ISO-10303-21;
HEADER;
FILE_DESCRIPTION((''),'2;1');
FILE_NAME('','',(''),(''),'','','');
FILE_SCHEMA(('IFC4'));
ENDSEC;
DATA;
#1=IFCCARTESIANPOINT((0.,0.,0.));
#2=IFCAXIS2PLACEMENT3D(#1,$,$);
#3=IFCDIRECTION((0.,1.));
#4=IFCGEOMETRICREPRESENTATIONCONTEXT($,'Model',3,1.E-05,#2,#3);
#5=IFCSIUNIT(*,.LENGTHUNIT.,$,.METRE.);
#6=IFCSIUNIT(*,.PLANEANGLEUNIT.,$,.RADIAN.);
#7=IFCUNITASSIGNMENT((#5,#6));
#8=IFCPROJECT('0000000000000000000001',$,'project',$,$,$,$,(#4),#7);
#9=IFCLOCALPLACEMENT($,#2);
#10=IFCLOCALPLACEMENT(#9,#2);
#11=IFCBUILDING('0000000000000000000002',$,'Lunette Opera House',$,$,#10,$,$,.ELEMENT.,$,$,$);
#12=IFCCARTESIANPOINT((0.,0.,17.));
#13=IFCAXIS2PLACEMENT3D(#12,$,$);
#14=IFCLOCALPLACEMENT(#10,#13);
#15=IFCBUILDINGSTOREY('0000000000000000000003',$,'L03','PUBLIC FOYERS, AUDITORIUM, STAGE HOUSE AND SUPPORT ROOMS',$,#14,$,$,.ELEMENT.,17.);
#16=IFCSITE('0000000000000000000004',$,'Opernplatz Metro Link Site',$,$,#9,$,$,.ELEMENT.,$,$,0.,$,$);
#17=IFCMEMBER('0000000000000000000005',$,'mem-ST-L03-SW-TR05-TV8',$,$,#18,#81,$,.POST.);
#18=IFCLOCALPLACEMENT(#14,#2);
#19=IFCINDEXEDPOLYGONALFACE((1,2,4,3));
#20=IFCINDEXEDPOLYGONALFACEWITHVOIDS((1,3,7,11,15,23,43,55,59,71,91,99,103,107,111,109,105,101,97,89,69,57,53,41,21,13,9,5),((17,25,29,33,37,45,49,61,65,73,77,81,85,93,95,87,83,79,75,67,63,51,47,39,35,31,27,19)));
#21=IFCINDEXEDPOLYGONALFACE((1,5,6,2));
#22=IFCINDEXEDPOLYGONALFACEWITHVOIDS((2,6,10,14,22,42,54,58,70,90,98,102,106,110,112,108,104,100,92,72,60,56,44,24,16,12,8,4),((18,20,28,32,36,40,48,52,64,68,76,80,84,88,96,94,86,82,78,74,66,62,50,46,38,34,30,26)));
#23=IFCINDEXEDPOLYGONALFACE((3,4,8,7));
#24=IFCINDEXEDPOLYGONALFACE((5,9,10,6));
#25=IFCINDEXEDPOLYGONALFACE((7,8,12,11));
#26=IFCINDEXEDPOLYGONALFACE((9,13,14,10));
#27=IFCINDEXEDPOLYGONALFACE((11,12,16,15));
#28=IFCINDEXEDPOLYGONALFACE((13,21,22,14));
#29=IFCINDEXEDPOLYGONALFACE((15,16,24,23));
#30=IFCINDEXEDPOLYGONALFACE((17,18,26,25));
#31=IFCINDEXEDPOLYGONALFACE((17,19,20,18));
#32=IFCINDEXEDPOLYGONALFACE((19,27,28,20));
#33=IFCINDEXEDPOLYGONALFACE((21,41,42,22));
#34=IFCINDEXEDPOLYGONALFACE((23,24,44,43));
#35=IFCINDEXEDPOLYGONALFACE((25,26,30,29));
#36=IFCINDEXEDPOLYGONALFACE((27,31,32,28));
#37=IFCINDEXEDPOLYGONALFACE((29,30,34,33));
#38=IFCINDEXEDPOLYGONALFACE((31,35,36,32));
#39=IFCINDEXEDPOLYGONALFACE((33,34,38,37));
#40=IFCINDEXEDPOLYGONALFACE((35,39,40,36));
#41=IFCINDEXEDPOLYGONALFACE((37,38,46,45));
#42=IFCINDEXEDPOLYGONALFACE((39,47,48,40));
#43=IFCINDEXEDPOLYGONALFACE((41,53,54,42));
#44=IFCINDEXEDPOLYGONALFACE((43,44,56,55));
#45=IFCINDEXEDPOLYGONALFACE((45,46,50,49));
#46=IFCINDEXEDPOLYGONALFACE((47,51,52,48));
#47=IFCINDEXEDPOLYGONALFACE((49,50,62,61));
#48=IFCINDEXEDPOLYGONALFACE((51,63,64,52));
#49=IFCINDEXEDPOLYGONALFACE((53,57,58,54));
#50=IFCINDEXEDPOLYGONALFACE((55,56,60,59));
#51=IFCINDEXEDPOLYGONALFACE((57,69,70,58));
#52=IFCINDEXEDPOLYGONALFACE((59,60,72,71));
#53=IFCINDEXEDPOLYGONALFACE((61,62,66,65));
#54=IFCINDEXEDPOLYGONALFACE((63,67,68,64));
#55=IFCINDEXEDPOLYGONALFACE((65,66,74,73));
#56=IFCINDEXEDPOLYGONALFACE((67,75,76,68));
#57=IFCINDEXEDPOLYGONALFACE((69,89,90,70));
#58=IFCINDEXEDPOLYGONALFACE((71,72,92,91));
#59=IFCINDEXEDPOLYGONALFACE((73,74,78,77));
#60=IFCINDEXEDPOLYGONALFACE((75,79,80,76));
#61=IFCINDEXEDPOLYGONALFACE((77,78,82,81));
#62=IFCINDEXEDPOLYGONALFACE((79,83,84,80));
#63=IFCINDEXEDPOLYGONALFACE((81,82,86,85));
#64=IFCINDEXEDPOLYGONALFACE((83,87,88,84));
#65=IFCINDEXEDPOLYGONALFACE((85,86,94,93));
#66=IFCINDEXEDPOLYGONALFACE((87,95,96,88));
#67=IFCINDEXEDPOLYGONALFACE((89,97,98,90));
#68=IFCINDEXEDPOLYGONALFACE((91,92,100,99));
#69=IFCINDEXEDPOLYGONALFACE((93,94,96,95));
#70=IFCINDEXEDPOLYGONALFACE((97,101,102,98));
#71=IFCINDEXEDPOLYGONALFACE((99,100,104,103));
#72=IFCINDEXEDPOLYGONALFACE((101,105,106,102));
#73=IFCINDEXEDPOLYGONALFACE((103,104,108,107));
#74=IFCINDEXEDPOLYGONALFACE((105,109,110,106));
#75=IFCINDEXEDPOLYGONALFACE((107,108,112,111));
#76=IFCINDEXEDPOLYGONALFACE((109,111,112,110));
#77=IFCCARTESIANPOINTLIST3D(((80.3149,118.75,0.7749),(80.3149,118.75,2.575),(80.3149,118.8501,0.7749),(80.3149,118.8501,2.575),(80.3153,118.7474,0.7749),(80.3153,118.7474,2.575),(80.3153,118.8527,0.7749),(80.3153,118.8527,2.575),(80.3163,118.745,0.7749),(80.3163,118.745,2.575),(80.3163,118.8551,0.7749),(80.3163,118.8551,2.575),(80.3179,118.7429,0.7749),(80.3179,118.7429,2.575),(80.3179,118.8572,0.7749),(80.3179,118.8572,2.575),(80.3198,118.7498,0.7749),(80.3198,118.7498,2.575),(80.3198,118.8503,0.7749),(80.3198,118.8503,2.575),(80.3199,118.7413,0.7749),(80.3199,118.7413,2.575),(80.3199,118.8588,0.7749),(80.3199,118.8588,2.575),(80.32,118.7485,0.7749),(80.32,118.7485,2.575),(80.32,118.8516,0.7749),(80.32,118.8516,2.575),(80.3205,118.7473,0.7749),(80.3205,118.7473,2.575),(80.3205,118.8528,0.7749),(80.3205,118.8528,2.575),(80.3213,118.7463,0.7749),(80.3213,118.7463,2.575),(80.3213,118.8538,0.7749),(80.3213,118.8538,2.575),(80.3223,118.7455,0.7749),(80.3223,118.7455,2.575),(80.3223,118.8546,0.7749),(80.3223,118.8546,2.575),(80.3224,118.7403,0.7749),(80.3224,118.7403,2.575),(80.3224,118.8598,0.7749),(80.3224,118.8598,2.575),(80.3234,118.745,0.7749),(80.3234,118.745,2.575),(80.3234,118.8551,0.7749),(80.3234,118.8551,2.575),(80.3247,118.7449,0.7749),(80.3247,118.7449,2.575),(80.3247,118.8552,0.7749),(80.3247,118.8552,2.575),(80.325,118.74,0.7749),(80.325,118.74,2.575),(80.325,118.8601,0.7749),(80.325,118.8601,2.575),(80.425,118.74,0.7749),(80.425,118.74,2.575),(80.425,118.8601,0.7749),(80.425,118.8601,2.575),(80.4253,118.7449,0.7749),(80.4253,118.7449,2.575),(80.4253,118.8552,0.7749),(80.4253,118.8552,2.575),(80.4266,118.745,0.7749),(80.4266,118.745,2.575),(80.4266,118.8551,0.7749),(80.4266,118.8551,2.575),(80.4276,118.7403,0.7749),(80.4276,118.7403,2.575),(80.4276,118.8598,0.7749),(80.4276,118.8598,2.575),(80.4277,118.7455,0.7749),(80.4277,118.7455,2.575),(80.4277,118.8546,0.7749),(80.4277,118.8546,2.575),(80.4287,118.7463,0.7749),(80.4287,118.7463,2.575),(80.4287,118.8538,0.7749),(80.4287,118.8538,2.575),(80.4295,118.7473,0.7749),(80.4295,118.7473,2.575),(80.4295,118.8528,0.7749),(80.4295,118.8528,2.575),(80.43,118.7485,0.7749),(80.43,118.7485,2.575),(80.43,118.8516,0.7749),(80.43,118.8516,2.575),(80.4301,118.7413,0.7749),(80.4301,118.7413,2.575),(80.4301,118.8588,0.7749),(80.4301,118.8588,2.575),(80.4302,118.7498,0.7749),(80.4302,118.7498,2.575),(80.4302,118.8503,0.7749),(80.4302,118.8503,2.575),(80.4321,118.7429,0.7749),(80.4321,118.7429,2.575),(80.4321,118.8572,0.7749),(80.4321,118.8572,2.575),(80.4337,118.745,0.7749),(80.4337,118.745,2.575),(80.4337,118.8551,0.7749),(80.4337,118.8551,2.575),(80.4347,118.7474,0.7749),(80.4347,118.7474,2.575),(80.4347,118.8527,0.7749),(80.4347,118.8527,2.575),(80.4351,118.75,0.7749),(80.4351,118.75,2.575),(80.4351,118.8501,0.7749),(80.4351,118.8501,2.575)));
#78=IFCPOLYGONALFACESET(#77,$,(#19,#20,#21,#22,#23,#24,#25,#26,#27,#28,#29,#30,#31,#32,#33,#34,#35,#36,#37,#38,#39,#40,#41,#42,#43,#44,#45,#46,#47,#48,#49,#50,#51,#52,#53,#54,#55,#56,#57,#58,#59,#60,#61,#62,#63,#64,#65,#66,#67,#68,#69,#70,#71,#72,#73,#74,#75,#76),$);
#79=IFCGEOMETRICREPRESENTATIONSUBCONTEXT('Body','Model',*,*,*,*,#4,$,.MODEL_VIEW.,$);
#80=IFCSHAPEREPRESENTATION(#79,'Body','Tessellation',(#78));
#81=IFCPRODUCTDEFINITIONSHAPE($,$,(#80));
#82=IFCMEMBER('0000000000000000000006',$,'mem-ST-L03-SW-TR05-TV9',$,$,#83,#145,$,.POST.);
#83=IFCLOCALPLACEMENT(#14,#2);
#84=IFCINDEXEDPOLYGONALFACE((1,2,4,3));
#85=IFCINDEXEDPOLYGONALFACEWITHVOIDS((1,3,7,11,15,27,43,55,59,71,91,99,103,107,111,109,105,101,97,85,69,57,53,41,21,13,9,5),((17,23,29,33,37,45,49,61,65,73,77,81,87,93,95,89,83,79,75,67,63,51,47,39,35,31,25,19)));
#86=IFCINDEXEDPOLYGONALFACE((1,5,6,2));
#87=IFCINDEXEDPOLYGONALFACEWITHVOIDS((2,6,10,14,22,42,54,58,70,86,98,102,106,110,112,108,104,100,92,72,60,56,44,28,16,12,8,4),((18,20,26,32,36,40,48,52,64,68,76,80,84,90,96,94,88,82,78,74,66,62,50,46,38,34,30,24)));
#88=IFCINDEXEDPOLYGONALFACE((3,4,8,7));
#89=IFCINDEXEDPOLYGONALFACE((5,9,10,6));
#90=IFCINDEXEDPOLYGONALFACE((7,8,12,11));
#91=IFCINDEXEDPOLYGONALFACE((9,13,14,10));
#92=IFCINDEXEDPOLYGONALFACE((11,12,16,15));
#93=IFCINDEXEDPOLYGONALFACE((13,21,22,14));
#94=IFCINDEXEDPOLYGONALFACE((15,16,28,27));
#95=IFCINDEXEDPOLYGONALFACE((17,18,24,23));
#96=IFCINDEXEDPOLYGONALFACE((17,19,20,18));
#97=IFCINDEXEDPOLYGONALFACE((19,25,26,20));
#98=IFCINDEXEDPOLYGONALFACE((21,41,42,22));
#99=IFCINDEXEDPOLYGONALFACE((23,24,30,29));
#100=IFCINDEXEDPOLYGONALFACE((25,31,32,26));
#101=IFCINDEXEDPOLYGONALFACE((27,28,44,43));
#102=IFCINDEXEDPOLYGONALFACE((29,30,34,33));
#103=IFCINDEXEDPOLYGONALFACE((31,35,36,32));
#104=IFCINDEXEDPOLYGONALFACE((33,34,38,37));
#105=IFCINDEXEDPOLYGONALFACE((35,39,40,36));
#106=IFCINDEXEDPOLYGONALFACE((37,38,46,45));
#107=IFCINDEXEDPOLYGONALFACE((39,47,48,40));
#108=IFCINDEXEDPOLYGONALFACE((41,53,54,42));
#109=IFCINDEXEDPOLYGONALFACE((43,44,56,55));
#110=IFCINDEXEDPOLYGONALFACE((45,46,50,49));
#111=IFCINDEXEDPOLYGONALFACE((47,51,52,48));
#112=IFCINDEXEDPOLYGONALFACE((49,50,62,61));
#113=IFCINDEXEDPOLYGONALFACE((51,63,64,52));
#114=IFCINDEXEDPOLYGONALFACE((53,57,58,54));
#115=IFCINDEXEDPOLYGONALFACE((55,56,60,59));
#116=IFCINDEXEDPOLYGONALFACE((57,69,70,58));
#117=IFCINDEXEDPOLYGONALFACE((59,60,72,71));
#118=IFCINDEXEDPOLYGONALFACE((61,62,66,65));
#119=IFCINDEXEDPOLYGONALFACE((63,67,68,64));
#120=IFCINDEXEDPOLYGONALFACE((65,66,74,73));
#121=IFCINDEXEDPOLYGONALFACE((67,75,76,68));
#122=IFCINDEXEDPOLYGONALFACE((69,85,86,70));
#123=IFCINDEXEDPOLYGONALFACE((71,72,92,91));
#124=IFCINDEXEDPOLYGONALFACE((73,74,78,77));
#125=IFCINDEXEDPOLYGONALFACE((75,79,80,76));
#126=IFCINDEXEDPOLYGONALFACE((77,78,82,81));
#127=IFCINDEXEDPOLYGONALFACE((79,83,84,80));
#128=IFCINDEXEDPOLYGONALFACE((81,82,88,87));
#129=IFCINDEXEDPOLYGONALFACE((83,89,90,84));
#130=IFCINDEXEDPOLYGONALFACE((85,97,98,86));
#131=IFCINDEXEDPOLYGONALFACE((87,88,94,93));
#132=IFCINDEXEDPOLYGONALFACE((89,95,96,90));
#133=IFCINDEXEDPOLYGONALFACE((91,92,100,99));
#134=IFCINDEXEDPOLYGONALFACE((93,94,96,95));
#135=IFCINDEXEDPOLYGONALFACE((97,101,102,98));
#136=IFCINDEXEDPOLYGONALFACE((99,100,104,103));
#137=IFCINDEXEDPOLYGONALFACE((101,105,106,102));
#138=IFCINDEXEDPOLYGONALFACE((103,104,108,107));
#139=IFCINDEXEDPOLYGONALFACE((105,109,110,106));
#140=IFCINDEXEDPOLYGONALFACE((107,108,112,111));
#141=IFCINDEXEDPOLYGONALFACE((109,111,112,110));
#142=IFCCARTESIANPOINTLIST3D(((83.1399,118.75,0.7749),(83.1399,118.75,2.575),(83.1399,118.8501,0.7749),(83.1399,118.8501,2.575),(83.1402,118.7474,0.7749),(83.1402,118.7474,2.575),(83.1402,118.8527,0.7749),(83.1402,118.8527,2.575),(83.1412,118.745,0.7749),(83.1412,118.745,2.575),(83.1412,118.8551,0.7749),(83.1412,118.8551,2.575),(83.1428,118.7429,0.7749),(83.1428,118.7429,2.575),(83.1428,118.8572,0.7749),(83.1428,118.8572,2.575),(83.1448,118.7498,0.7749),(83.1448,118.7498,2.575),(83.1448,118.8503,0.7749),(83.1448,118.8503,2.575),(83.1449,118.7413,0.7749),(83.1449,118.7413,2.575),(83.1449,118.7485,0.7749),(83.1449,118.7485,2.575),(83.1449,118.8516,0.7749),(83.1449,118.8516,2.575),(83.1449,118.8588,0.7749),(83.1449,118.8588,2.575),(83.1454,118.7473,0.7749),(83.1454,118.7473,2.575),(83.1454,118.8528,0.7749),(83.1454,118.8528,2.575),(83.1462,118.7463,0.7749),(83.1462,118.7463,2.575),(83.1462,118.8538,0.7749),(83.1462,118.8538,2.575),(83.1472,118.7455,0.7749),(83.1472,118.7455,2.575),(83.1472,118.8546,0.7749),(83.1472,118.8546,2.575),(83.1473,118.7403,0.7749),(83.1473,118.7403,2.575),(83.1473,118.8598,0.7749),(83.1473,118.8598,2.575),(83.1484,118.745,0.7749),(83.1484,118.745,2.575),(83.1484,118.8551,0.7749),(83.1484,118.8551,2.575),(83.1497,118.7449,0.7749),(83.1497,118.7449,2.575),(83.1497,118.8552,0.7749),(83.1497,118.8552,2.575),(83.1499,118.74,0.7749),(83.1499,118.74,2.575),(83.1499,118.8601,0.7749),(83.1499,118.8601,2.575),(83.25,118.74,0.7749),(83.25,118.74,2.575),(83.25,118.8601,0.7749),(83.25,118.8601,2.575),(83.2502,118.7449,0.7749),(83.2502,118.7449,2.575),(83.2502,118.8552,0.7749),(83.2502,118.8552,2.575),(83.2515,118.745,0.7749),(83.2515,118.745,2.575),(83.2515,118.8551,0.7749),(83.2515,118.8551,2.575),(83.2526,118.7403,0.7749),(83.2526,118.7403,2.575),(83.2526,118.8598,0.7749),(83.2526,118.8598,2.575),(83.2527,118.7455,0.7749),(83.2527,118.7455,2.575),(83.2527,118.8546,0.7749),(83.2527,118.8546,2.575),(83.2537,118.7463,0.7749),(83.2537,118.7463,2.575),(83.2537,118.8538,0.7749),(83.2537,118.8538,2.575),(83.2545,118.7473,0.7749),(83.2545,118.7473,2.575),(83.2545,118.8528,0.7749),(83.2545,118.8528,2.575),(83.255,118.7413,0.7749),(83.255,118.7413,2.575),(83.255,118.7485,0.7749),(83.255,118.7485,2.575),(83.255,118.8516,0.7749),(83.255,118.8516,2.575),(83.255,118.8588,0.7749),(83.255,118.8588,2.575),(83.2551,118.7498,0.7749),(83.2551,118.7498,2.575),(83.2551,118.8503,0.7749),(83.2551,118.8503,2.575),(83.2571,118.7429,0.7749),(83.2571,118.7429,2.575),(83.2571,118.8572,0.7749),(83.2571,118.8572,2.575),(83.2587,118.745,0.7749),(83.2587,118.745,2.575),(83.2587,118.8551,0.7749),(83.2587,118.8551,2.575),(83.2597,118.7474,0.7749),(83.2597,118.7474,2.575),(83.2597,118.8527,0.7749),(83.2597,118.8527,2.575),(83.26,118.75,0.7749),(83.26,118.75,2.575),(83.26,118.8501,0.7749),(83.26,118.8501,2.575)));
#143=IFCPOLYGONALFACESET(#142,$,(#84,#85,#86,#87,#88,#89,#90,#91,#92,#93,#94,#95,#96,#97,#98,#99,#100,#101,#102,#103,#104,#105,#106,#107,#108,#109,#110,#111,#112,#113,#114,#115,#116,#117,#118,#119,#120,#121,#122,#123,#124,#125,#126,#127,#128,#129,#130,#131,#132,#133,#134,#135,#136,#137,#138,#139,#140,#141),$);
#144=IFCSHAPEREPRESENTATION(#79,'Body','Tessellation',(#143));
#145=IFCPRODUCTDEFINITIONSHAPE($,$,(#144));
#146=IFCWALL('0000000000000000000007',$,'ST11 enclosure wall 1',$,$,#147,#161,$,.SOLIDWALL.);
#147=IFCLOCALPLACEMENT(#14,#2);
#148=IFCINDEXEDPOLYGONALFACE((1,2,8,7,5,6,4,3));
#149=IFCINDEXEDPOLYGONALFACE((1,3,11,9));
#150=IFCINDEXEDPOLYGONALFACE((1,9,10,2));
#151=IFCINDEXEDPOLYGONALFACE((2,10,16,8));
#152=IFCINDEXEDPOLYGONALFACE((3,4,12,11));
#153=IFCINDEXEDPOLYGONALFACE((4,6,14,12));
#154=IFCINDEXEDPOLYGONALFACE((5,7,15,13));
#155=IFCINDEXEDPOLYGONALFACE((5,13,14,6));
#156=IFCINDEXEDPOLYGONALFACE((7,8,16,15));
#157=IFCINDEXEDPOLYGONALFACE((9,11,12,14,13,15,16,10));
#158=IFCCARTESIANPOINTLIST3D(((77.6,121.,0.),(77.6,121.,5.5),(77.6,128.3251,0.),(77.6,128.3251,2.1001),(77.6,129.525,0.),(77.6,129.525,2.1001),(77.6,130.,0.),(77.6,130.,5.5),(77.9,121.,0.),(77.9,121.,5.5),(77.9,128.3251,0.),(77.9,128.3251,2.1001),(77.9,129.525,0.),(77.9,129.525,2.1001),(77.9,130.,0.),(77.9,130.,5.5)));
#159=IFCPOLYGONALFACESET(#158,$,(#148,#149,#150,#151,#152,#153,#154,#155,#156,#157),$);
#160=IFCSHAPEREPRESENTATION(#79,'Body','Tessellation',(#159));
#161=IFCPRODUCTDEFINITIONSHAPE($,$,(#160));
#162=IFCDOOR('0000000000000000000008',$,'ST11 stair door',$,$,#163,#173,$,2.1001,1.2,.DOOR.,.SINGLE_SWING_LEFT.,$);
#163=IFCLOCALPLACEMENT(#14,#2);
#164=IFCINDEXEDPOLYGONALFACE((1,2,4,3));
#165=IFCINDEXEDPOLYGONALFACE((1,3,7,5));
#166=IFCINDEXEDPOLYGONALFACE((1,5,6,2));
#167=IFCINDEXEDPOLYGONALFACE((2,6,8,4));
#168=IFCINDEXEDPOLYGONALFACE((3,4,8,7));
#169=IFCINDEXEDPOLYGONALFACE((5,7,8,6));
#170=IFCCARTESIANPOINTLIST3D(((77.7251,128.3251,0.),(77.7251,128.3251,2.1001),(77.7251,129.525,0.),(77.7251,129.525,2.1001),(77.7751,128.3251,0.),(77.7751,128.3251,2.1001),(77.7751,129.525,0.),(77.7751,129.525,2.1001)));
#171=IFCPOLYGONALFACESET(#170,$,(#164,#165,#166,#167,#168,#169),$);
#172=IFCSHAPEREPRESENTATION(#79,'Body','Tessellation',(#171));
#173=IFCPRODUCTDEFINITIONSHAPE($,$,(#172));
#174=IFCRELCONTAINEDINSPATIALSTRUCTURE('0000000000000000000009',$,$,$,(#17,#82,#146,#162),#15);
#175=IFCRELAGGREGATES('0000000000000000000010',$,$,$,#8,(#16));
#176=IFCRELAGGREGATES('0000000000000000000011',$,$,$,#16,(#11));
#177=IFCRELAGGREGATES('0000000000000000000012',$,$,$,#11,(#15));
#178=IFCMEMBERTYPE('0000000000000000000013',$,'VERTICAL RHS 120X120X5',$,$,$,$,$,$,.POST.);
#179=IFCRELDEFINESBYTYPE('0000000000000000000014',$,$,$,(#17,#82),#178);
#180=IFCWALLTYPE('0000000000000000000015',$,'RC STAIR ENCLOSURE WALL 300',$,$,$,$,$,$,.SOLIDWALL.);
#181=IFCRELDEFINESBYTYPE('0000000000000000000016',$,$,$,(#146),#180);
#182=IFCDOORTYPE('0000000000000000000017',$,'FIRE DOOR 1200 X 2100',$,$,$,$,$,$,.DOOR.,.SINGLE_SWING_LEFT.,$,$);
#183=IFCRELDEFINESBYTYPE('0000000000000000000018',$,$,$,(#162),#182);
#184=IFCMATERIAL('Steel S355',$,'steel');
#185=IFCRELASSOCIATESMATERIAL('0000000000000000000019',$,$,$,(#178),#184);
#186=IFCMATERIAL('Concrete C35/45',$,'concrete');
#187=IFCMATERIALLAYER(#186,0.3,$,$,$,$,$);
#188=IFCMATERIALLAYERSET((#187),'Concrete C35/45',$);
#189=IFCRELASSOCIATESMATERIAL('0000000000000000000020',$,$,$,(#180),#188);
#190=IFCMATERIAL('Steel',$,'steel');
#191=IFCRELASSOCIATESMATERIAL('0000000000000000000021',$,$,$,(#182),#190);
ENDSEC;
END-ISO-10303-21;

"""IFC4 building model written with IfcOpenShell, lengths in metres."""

from ifc_helpers import new_model, si_unit, direction, frame, frame_2d, origin, origin_2d, place, context, subcontext, project, spatial, rectangle, hollow_rectangle, extrude, material, layer, layer_set, material_profile, profile_set, type_object, element, fill, save


model = new_model("IFC4")

# Units and contexts
model_context = context("Model", 3, precision=1e-05, world=origin(), true_north=direction((0.0, 1.0)))
body_context = subcontext(model_context, "Body", "Model", "MODEL_VIEW")
ifc_project = project(units=[si_unit("LENGTHUNIT", "METRE"), si_unit("PLANEANGLEUNIT", "RADIAN")], contexts=[model_context])

# Site, building, storey
site_placement = place(None, origin())
site = spatial("IfcSite", under=ifc_project, at=site_placement, Name="Opernplatz Metro Link Site", CompositionType="ELEMENT", RefElevation=0.0)
building_placement = place(site_placement, origin())
building = spatial("IfcBuilding", under=site, at=building_placement, Name="Lunette Opera House", CompositionType="ELEMENT")
storey_placement = place(building_placement, frame((0.0, 0.0, 17.0)))
storey = spatial("IfcBuildingStorey", under=building, at=storey_placement, Name="L03", Description="PUBLIC FOYERS, AUDITORIUM, STAGE HOUSE AND SUPPORT ROOMS", CompositionType="ELEMENT", Elevation=17.0)

# Members
ifc_material_1 = material(Name="Steel S355", Category="steel")
ifc_material_profile_1 = material_profile(ifc_material_1, hollow_rectangle(XDim=0.1201, YDim=0.1201, WallThickness=0.0049, InnerFilletRadius=0.0049, OuterFilletRadius=0.01, at=origin_2d()), Name="RHS 120X120X5")
ifc_profile_set_1 = profile_set([ifc_material_profile_1], Name="Steel S355")
member_type_1 = type_object("IfcMemberType", Name="VERTICAL RHS 120X120X5", PredefinedType="POST", material=ifc_profile_set_1)
for number, where, z_axis, x_axis, name in (
    (1, (80.375, 118.8, 0.7749), (0.0, 0.0, 1.0), (1.0, 0.0, 0.0), "mem-ST-L03-SW-TR05-TV8"),
    (2, (83.2, 118.8, 0.7749), (0.0, 0.0, 1.0), (1.0, 0.0, 0.0), "mem-ST-L03-SW-TR05-TV9"),
):
    element("IfcMember", number, at=place(storey_placement, frame(where, z_axis=z_axis, x_axis=x_axis)), inside=storey, type_object=member_type_1, Name=name, PredefinedType="POST", context=body_context, shape_type="SweptSolid", body=[
        extrude(hollow_rectangle(XDim=0.1201, YDim=0.1201, WallThickness=0.0049, InnerFilletRadius=0.0049, OuterFilletRadius=0.01, at=origin_2d()), origin(), (0.0, 0.0, 1.0), 1.8),
    ])

# Wall, opening, door
ifc_material_2 = material(Name="Concrete C35/45", Category="concrete")
ifc_layer_1 = layer(ifc_material_2, 0.3)
ifc_layer_set_1 = layer_set([ifc_layer_1], Name="Concrete C35/45")
wall_type_1 = type_object("IfcWallType", Name="RC STAIR ENCLOSURE WALL 300", PredefinedType="SOLIDWALL", material=ifc_layer_set_1)
wall_1_placement = place(storey_placement, frame((77.75, 121.0, 0.0), z_axis=(0.0, 0.0, 1.0), x_axis=(0.0, 1.0, 0.0)))
wall_1 = element("IfcWall", 3, at=wall_1_placement, inside=storey, type_object=wall_type_1, Name="ST11 enclosure wall 1", PredefinedType="SOLIDWALL", context=body_context, shape_type="SweptSolid", body=[
    extrude(rectangle(XDim=9.0, YDim=0.3, at=frame_2d((4.5, 0.0))), origin(), (0.0, 0.0, 1.0), 5.5),
])
opening_1_placement = place(wall_1_placement, frame((7.325, 0.0, 0.0)))
opening_1 = element("IfcOpeningElement", 4, at=opening_1_placement, cuts=wall_1, PredefinedType="OPENING", context=body_context, shape_type="SweptSolid", body=[
    extrude(rectangle(XDim=1.2, YDim=2.1001, at=frame_2d((0.6001, 1.05))), frame((0.0, 0.1621, 0.0), z_axis=(0.0, -1.0, 0.0), x_axis=(1.0, 0.0, 0.0)), (0.0, 0.0, 1.0), 0.324),
])
ifc_material_3 = material(Name="Steel", Category="steel")
door_type = type_object("IfcDoorType", Name="FIRE DOOR 1200 X 2100", OperationType="SINGLE_SWING_LEFT", PredefinedType="DOOR", material=ifc_material_3)
door_placement = place(opening_1_placement, origin())
door = element("IfcDoor", 5, at=door_placement, inside=storey, type_object=door_type, Name="ST11 stair door", OperationType="SINGLE_SWING_LEFT", OverallHeight=2.1001, OverallWidth=1.2, PredefinedType="DOOR", context=body_context, shape_type="SweptSolid", body=[
    extrude(rectangle(XDim=1.2, YDim=2.1001, at=frame_2d((0.6001, 1.05))), frame((0.0, 0.0249, 0.0), z_axis=(0.0, -1.0, 0.0), x_axis=(1.0, 0.0, 0.0)), (0.0, 0.0, 1.0), 0.05),
])
fill(opening_1, door)

save(model, "model.ifc")
